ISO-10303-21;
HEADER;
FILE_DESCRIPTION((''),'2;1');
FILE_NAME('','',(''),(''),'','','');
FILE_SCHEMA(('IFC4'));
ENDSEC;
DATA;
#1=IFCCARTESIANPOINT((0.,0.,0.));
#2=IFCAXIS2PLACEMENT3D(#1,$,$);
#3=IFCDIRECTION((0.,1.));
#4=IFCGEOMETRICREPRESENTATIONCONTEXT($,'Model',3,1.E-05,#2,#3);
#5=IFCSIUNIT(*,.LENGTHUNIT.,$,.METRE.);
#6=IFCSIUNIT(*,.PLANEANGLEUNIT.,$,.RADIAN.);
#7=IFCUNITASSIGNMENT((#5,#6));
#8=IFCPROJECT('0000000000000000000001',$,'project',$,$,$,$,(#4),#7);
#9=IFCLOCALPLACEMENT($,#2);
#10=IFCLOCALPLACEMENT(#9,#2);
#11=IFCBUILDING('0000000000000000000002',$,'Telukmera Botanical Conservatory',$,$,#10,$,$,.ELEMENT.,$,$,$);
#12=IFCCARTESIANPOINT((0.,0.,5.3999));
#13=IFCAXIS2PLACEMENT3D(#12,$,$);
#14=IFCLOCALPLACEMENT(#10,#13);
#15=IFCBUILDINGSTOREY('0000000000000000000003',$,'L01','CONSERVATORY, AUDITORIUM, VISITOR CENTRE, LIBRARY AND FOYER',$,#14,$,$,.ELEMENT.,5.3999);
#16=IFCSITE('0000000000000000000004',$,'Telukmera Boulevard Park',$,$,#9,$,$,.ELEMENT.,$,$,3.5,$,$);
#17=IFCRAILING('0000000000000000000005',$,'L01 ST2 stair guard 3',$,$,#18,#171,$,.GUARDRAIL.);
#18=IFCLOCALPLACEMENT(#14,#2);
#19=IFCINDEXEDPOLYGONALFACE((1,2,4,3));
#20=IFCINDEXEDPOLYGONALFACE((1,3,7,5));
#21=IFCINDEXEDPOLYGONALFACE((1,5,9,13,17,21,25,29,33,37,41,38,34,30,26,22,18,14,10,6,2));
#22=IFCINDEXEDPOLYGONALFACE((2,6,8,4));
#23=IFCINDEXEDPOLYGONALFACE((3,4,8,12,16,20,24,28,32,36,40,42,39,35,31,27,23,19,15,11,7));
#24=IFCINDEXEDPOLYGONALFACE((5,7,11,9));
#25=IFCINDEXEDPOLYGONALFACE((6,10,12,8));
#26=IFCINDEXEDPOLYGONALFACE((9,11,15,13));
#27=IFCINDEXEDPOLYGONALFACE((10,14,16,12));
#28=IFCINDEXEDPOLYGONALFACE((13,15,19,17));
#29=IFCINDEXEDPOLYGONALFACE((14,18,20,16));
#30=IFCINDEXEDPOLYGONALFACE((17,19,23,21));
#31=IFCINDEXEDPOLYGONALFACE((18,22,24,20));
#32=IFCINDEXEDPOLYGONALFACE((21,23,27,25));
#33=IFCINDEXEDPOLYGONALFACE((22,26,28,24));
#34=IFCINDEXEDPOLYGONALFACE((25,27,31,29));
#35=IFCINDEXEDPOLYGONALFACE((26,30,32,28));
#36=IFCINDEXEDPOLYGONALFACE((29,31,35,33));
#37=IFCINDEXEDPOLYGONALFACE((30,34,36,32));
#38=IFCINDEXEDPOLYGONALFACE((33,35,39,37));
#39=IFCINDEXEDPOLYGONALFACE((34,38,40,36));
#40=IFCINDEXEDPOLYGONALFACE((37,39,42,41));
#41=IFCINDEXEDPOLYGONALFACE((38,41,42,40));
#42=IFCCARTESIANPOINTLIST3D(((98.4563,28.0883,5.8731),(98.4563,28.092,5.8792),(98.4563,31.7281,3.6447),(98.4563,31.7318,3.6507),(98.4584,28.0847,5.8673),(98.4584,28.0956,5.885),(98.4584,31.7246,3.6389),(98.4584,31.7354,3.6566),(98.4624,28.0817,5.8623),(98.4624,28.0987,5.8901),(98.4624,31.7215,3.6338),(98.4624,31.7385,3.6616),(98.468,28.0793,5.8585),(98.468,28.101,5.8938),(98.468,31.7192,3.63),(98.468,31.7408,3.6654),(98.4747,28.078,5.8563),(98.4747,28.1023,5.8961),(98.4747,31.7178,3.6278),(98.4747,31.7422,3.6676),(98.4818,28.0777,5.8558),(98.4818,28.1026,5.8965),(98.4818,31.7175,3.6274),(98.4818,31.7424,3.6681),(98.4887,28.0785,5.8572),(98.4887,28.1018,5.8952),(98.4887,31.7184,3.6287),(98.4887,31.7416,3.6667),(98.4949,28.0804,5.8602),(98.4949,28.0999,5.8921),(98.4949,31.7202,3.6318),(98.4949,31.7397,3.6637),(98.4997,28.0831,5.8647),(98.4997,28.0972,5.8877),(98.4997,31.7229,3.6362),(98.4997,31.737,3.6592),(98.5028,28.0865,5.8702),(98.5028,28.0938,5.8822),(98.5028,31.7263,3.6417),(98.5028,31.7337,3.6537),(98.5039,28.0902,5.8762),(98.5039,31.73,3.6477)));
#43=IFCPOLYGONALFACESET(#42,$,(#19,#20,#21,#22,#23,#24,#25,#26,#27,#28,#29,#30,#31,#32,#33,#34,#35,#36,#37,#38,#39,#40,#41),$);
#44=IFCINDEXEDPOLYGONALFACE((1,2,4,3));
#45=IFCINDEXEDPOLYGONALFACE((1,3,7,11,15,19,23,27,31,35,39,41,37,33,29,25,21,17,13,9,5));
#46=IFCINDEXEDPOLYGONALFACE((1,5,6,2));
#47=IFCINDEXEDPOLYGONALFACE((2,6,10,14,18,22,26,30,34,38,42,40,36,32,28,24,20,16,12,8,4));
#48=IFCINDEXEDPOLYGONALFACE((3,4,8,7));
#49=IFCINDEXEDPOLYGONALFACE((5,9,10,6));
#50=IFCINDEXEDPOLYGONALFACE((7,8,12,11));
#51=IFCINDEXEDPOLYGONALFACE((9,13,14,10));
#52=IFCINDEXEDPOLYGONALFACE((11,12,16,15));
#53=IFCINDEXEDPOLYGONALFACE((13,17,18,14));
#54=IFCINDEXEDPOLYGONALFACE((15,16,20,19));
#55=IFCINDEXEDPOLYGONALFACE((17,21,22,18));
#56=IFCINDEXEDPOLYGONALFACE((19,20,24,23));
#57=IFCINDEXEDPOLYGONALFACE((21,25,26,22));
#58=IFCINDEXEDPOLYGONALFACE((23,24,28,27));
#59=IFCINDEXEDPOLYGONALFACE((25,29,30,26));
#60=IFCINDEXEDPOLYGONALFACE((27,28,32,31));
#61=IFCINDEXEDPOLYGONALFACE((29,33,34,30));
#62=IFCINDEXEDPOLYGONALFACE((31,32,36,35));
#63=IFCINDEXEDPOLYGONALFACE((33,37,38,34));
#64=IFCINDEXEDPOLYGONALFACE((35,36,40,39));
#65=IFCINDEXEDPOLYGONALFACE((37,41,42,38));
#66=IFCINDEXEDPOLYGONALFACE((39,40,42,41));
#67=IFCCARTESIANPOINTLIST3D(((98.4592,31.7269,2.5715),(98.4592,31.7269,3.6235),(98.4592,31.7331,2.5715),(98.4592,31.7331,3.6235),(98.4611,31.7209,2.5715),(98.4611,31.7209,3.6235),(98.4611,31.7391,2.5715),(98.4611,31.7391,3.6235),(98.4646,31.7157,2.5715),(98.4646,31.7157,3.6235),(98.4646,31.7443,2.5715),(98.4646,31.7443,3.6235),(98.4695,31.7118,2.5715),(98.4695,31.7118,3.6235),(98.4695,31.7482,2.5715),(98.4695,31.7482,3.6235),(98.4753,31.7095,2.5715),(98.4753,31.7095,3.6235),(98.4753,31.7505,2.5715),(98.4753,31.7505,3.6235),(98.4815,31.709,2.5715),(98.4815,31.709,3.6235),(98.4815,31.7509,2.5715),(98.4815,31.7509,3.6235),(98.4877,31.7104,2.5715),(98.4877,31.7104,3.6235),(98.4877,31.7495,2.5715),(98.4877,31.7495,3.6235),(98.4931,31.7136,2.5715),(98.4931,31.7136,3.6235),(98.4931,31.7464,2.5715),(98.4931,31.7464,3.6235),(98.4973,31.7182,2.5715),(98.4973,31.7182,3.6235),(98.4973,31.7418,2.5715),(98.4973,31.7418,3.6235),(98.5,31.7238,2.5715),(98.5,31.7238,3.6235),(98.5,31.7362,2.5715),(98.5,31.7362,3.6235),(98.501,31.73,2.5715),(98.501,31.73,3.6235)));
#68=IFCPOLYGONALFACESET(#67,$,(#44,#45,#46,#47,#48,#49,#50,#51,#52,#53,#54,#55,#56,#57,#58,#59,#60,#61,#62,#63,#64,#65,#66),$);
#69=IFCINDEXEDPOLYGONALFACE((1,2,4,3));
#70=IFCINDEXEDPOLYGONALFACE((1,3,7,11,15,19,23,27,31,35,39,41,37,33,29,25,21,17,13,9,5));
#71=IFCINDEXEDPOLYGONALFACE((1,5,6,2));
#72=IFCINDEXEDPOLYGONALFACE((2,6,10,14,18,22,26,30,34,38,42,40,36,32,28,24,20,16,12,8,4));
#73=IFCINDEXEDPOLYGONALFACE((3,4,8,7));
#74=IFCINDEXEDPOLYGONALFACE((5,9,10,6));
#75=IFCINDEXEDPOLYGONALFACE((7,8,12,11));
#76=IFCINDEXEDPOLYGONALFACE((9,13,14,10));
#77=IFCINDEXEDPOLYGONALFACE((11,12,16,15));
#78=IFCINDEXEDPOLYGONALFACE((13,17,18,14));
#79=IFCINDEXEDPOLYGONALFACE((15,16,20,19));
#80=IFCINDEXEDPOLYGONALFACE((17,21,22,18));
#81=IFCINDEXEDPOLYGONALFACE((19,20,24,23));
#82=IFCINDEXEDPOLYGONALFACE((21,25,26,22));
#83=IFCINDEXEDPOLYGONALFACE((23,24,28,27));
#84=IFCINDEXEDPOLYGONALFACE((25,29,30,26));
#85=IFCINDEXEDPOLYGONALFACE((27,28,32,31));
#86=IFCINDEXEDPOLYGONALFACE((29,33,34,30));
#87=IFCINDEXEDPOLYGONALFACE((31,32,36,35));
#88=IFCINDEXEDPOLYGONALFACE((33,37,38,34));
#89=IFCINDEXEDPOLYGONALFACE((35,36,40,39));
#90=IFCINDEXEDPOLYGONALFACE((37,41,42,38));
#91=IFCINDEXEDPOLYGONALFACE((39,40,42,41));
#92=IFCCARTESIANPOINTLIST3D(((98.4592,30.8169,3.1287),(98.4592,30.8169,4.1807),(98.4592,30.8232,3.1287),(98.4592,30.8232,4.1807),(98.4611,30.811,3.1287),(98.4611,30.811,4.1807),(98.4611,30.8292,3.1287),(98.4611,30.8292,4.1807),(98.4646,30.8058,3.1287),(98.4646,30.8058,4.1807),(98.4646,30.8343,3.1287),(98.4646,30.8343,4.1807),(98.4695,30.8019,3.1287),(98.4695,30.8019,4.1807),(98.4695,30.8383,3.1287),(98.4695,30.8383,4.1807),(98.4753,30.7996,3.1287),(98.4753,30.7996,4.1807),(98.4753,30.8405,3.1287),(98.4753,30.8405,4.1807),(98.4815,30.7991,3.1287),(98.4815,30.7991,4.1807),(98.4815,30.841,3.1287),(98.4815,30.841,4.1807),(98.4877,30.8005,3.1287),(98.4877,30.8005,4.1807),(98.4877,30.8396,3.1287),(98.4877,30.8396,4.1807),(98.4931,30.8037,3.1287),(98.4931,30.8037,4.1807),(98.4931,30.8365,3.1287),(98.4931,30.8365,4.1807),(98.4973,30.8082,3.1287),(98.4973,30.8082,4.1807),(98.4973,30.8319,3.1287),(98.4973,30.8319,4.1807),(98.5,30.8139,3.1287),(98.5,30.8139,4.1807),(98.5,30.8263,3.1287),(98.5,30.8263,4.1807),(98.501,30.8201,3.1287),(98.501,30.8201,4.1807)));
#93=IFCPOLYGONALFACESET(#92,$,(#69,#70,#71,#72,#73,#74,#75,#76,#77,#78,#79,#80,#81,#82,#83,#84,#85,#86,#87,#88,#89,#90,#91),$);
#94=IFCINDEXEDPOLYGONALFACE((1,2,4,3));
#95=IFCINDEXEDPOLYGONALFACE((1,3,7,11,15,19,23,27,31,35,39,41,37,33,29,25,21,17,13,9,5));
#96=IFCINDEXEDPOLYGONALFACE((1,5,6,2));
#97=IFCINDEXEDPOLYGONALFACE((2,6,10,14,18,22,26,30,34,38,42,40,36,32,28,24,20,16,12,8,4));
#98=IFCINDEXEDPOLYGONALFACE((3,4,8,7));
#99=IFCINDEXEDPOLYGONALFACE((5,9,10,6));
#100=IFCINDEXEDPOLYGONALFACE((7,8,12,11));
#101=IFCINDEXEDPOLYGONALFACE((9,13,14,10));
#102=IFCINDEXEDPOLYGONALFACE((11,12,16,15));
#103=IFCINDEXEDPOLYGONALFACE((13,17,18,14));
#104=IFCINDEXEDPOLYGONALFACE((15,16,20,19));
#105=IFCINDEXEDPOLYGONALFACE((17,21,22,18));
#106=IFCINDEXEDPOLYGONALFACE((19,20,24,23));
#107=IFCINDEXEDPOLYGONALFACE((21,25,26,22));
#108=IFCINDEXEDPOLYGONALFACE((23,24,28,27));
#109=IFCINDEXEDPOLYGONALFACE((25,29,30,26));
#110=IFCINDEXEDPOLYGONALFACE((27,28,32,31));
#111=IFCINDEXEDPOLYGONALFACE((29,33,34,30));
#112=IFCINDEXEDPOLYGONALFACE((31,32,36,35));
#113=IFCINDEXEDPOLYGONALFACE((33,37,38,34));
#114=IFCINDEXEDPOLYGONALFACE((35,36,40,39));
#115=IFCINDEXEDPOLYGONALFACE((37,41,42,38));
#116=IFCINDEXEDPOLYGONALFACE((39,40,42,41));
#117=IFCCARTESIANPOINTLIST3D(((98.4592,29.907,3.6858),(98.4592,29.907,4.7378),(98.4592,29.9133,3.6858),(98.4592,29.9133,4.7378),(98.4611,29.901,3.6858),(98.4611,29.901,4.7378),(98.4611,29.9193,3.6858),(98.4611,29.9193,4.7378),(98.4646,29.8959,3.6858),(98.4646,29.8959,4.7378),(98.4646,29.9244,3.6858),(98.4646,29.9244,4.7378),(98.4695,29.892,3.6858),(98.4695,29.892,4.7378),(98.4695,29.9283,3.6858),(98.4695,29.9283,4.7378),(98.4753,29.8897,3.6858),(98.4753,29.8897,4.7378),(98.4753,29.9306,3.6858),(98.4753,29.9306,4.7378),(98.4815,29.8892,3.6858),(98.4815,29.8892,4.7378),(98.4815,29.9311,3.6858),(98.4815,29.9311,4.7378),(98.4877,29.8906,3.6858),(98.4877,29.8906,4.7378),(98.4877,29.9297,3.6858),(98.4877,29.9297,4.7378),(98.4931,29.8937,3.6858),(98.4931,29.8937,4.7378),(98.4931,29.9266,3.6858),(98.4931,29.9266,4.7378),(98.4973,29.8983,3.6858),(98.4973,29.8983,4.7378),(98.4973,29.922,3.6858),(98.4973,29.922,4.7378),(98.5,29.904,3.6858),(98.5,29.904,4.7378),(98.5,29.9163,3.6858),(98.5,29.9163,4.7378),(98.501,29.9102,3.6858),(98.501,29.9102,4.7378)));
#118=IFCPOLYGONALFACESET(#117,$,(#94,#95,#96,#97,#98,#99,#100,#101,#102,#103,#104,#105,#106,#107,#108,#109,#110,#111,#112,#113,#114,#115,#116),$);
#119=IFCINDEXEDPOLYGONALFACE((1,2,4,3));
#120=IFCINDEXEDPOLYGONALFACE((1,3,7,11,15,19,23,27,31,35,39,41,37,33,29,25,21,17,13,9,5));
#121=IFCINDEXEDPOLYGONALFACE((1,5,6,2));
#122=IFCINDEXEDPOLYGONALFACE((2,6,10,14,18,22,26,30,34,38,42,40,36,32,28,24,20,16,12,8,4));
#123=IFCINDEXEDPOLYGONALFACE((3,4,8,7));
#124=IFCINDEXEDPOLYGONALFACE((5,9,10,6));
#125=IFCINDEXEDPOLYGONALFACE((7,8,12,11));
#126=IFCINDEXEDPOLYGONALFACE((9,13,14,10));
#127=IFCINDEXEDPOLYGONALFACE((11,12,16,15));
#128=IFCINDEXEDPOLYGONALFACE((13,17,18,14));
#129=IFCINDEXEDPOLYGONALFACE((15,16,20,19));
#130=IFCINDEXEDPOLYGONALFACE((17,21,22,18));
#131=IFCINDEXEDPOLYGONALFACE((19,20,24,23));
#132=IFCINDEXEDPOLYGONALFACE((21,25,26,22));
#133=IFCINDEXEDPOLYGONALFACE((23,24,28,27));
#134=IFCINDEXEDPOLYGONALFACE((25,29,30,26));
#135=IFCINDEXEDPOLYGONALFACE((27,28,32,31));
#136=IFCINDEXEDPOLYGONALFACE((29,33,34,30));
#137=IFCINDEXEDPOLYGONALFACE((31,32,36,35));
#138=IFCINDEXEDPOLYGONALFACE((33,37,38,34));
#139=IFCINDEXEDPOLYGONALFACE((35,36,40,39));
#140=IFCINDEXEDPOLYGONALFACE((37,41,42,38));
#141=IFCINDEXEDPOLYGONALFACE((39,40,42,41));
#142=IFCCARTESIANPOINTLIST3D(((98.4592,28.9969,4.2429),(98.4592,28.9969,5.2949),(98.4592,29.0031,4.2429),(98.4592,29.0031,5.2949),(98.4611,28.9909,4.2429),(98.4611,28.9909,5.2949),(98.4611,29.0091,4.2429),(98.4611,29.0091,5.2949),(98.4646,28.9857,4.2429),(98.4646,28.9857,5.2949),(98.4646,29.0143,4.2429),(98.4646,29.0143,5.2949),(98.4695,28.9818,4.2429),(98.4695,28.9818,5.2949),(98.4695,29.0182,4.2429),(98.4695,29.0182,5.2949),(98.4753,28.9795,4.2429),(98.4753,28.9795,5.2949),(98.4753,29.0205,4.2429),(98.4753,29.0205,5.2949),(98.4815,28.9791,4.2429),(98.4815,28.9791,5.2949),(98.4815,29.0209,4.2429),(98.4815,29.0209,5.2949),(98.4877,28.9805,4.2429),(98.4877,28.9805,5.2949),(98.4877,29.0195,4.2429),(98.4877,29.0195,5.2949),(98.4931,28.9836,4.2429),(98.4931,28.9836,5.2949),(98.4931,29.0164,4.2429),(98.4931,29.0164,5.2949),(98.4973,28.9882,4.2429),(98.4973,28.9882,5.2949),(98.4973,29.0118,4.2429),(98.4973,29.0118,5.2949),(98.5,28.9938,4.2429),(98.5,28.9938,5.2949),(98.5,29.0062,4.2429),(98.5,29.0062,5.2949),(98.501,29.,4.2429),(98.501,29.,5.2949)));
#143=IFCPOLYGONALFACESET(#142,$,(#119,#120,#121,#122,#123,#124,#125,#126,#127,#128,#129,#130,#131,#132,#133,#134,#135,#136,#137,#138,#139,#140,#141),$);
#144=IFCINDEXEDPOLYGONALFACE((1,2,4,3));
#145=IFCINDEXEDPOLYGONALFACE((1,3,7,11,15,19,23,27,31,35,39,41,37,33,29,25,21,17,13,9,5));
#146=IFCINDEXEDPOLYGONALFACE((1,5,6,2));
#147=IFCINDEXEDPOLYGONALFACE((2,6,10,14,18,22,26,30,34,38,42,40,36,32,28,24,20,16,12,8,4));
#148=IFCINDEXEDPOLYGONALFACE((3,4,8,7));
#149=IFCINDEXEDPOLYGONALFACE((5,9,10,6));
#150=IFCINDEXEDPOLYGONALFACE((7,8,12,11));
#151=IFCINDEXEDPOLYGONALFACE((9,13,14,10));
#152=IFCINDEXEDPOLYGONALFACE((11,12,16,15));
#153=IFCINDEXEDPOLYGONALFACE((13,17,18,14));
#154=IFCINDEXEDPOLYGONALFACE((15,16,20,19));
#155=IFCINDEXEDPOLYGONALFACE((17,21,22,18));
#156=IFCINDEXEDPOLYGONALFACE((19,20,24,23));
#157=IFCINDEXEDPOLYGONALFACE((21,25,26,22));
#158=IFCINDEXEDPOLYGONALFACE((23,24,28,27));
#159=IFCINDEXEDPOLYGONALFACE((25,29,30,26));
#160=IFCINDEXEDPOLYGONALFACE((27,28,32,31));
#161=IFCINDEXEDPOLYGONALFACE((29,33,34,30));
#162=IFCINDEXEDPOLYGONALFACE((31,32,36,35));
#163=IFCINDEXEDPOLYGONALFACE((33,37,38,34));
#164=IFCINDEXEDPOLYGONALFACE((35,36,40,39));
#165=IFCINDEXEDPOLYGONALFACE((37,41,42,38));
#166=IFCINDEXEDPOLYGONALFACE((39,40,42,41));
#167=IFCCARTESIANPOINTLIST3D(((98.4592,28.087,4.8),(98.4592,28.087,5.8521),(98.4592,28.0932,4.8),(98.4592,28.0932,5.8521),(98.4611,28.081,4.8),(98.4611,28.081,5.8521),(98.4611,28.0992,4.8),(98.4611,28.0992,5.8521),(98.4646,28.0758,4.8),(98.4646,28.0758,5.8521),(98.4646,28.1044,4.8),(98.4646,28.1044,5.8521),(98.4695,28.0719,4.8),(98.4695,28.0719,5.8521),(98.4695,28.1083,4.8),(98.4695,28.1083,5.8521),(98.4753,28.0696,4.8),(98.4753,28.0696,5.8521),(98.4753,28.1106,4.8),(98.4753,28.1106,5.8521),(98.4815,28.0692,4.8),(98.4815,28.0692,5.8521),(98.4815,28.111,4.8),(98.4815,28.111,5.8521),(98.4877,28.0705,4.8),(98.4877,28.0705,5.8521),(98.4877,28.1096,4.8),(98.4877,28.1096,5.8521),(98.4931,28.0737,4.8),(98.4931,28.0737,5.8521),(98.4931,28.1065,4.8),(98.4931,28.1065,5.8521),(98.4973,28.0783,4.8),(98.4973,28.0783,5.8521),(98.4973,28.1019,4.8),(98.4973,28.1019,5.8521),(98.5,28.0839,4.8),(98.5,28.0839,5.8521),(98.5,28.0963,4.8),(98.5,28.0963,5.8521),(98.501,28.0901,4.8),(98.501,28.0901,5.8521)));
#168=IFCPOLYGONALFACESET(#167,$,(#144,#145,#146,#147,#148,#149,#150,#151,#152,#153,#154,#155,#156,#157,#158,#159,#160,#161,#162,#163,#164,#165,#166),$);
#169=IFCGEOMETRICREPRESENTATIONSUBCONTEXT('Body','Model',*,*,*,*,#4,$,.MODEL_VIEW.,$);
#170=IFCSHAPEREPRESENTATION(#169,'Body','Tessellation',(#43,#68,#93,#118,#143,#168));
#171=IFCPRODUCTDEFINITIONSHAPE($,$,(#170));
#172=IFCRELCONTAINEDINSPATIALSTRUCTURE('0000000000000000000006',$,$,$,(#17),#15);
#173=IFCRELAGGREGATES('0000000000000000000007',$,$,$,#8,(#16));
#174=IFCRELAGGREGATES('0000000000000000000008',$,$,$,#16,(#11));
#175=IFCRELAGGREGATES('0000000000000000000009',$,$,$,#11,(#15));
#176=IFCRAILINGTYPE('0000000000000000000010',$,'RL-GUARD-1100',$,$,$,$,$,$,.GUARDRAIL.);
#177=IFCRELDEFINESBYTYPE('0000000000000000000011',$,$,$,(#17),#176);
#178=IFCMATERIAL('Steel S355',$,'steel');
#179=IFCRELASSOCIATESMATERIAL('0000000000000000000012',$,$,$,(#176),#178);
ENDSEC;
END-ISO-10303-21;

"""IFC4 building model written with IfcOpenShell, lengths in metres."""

from ifc_helpers import new_model, si_unit, direction, frame, origin, origin_2d, place, context, subcontext, project, spatial, circle, extrude, material, type_object, element, save


model = new_model("IFC4")

# Units and contexts
model_context = context("Model", 3, precision=1e-05, world=origin(), true_north=direction((0.0, 1.0)))
body_context = subcontext(model_context, "Body", "Model", "MODEL_VIEW")
ifc_project = project(units=[si_unit("LENGTHUNIT", "METRE"), si_unit("PLANEANGLEUNIT", "RADIAN")], contexts=[model_context])

# Site, building, storey
site_placement = place(None, origin())
site = spatial("IfcSite", under=ifc_project, at=site_placement, Name="Telukmera Boulevard Park", CompositionType="ELEMENT", RefElevation=3.5)
building_placement = place(site_placement, origin())
building = spatial("IfcBuilding", under=site, at=building_placement, Name="Telukmera Botanical Conservatory", CompositionType="ELEMENT")
storey_placement = place(building_placement, frame((0.0, 0.0, 5.3999)))
storey = spatial("IfcBuildingStorey", under=building, at=storey_placement, Name="L01", Description="CONSERVATORY, AUDITORIUM, VISITOR CENTRE, LIBRARY AND FOYER", CompositionType="ELEMENT", Elevation=5.3999)

# Railing
ifc_material_1 = material(Name="Steel S355", Category="steel")
railing_type_1 = type_object("IfcRailingType", Name="RL-GUARD-1100", PredefinedType="GUARDRAIL", material=ifc_material_1)
railing_1_placement = place(storey_placement, frame((98.48, 31.73, 2.5715)))
element("IfcRailing", 1, at=railing_1_placement, inside=storey, type_object=railing_type_1, Name="L01 ST2 stair guard 3", PredefinedType="GUARDRAIL", context=body_context, shape_type="SweptSolid", body=[
    extrude(circle(Radius=0.0239, at=origin_2d()), frame((0.0, 0.0, 1.0762), z_axis=(0.0, -0.85285, 0.522156), x_axis=(1.0, 0.0, 0.0)), (0.0, 0.0, 1.0), 4.2678),
    extrude(circle(Radius=0.021, at=origin_2d()), origin(), (0.0, 0.0, 1.0), 1.052),
    extrude(circle(Radius=0.021, at=origin_2d()), frame((0.0, -0.9099, 0.5571)), (0.0, 0.0, 1.0), 1.052),
    extrude(circle(Radius=0.021, at=origin_2d()), frame((0.0, -1.8198, 1.1143)), (0.0, 0.0, 1.0), 1.052),
    extrude(circle(Radius=0.021, at=origin_2d()), frame((0.0, -2.73, 1.6714)), (0.0, 0.0, 1.0), 1.052),
    extrude(circle(Radius=0.021, at=origin_2d()), frame((0.0, -3.6399, 2.2285)), (0.0, 0.0, 1.0), 1.052),
])

save(model, "model.ifc")
